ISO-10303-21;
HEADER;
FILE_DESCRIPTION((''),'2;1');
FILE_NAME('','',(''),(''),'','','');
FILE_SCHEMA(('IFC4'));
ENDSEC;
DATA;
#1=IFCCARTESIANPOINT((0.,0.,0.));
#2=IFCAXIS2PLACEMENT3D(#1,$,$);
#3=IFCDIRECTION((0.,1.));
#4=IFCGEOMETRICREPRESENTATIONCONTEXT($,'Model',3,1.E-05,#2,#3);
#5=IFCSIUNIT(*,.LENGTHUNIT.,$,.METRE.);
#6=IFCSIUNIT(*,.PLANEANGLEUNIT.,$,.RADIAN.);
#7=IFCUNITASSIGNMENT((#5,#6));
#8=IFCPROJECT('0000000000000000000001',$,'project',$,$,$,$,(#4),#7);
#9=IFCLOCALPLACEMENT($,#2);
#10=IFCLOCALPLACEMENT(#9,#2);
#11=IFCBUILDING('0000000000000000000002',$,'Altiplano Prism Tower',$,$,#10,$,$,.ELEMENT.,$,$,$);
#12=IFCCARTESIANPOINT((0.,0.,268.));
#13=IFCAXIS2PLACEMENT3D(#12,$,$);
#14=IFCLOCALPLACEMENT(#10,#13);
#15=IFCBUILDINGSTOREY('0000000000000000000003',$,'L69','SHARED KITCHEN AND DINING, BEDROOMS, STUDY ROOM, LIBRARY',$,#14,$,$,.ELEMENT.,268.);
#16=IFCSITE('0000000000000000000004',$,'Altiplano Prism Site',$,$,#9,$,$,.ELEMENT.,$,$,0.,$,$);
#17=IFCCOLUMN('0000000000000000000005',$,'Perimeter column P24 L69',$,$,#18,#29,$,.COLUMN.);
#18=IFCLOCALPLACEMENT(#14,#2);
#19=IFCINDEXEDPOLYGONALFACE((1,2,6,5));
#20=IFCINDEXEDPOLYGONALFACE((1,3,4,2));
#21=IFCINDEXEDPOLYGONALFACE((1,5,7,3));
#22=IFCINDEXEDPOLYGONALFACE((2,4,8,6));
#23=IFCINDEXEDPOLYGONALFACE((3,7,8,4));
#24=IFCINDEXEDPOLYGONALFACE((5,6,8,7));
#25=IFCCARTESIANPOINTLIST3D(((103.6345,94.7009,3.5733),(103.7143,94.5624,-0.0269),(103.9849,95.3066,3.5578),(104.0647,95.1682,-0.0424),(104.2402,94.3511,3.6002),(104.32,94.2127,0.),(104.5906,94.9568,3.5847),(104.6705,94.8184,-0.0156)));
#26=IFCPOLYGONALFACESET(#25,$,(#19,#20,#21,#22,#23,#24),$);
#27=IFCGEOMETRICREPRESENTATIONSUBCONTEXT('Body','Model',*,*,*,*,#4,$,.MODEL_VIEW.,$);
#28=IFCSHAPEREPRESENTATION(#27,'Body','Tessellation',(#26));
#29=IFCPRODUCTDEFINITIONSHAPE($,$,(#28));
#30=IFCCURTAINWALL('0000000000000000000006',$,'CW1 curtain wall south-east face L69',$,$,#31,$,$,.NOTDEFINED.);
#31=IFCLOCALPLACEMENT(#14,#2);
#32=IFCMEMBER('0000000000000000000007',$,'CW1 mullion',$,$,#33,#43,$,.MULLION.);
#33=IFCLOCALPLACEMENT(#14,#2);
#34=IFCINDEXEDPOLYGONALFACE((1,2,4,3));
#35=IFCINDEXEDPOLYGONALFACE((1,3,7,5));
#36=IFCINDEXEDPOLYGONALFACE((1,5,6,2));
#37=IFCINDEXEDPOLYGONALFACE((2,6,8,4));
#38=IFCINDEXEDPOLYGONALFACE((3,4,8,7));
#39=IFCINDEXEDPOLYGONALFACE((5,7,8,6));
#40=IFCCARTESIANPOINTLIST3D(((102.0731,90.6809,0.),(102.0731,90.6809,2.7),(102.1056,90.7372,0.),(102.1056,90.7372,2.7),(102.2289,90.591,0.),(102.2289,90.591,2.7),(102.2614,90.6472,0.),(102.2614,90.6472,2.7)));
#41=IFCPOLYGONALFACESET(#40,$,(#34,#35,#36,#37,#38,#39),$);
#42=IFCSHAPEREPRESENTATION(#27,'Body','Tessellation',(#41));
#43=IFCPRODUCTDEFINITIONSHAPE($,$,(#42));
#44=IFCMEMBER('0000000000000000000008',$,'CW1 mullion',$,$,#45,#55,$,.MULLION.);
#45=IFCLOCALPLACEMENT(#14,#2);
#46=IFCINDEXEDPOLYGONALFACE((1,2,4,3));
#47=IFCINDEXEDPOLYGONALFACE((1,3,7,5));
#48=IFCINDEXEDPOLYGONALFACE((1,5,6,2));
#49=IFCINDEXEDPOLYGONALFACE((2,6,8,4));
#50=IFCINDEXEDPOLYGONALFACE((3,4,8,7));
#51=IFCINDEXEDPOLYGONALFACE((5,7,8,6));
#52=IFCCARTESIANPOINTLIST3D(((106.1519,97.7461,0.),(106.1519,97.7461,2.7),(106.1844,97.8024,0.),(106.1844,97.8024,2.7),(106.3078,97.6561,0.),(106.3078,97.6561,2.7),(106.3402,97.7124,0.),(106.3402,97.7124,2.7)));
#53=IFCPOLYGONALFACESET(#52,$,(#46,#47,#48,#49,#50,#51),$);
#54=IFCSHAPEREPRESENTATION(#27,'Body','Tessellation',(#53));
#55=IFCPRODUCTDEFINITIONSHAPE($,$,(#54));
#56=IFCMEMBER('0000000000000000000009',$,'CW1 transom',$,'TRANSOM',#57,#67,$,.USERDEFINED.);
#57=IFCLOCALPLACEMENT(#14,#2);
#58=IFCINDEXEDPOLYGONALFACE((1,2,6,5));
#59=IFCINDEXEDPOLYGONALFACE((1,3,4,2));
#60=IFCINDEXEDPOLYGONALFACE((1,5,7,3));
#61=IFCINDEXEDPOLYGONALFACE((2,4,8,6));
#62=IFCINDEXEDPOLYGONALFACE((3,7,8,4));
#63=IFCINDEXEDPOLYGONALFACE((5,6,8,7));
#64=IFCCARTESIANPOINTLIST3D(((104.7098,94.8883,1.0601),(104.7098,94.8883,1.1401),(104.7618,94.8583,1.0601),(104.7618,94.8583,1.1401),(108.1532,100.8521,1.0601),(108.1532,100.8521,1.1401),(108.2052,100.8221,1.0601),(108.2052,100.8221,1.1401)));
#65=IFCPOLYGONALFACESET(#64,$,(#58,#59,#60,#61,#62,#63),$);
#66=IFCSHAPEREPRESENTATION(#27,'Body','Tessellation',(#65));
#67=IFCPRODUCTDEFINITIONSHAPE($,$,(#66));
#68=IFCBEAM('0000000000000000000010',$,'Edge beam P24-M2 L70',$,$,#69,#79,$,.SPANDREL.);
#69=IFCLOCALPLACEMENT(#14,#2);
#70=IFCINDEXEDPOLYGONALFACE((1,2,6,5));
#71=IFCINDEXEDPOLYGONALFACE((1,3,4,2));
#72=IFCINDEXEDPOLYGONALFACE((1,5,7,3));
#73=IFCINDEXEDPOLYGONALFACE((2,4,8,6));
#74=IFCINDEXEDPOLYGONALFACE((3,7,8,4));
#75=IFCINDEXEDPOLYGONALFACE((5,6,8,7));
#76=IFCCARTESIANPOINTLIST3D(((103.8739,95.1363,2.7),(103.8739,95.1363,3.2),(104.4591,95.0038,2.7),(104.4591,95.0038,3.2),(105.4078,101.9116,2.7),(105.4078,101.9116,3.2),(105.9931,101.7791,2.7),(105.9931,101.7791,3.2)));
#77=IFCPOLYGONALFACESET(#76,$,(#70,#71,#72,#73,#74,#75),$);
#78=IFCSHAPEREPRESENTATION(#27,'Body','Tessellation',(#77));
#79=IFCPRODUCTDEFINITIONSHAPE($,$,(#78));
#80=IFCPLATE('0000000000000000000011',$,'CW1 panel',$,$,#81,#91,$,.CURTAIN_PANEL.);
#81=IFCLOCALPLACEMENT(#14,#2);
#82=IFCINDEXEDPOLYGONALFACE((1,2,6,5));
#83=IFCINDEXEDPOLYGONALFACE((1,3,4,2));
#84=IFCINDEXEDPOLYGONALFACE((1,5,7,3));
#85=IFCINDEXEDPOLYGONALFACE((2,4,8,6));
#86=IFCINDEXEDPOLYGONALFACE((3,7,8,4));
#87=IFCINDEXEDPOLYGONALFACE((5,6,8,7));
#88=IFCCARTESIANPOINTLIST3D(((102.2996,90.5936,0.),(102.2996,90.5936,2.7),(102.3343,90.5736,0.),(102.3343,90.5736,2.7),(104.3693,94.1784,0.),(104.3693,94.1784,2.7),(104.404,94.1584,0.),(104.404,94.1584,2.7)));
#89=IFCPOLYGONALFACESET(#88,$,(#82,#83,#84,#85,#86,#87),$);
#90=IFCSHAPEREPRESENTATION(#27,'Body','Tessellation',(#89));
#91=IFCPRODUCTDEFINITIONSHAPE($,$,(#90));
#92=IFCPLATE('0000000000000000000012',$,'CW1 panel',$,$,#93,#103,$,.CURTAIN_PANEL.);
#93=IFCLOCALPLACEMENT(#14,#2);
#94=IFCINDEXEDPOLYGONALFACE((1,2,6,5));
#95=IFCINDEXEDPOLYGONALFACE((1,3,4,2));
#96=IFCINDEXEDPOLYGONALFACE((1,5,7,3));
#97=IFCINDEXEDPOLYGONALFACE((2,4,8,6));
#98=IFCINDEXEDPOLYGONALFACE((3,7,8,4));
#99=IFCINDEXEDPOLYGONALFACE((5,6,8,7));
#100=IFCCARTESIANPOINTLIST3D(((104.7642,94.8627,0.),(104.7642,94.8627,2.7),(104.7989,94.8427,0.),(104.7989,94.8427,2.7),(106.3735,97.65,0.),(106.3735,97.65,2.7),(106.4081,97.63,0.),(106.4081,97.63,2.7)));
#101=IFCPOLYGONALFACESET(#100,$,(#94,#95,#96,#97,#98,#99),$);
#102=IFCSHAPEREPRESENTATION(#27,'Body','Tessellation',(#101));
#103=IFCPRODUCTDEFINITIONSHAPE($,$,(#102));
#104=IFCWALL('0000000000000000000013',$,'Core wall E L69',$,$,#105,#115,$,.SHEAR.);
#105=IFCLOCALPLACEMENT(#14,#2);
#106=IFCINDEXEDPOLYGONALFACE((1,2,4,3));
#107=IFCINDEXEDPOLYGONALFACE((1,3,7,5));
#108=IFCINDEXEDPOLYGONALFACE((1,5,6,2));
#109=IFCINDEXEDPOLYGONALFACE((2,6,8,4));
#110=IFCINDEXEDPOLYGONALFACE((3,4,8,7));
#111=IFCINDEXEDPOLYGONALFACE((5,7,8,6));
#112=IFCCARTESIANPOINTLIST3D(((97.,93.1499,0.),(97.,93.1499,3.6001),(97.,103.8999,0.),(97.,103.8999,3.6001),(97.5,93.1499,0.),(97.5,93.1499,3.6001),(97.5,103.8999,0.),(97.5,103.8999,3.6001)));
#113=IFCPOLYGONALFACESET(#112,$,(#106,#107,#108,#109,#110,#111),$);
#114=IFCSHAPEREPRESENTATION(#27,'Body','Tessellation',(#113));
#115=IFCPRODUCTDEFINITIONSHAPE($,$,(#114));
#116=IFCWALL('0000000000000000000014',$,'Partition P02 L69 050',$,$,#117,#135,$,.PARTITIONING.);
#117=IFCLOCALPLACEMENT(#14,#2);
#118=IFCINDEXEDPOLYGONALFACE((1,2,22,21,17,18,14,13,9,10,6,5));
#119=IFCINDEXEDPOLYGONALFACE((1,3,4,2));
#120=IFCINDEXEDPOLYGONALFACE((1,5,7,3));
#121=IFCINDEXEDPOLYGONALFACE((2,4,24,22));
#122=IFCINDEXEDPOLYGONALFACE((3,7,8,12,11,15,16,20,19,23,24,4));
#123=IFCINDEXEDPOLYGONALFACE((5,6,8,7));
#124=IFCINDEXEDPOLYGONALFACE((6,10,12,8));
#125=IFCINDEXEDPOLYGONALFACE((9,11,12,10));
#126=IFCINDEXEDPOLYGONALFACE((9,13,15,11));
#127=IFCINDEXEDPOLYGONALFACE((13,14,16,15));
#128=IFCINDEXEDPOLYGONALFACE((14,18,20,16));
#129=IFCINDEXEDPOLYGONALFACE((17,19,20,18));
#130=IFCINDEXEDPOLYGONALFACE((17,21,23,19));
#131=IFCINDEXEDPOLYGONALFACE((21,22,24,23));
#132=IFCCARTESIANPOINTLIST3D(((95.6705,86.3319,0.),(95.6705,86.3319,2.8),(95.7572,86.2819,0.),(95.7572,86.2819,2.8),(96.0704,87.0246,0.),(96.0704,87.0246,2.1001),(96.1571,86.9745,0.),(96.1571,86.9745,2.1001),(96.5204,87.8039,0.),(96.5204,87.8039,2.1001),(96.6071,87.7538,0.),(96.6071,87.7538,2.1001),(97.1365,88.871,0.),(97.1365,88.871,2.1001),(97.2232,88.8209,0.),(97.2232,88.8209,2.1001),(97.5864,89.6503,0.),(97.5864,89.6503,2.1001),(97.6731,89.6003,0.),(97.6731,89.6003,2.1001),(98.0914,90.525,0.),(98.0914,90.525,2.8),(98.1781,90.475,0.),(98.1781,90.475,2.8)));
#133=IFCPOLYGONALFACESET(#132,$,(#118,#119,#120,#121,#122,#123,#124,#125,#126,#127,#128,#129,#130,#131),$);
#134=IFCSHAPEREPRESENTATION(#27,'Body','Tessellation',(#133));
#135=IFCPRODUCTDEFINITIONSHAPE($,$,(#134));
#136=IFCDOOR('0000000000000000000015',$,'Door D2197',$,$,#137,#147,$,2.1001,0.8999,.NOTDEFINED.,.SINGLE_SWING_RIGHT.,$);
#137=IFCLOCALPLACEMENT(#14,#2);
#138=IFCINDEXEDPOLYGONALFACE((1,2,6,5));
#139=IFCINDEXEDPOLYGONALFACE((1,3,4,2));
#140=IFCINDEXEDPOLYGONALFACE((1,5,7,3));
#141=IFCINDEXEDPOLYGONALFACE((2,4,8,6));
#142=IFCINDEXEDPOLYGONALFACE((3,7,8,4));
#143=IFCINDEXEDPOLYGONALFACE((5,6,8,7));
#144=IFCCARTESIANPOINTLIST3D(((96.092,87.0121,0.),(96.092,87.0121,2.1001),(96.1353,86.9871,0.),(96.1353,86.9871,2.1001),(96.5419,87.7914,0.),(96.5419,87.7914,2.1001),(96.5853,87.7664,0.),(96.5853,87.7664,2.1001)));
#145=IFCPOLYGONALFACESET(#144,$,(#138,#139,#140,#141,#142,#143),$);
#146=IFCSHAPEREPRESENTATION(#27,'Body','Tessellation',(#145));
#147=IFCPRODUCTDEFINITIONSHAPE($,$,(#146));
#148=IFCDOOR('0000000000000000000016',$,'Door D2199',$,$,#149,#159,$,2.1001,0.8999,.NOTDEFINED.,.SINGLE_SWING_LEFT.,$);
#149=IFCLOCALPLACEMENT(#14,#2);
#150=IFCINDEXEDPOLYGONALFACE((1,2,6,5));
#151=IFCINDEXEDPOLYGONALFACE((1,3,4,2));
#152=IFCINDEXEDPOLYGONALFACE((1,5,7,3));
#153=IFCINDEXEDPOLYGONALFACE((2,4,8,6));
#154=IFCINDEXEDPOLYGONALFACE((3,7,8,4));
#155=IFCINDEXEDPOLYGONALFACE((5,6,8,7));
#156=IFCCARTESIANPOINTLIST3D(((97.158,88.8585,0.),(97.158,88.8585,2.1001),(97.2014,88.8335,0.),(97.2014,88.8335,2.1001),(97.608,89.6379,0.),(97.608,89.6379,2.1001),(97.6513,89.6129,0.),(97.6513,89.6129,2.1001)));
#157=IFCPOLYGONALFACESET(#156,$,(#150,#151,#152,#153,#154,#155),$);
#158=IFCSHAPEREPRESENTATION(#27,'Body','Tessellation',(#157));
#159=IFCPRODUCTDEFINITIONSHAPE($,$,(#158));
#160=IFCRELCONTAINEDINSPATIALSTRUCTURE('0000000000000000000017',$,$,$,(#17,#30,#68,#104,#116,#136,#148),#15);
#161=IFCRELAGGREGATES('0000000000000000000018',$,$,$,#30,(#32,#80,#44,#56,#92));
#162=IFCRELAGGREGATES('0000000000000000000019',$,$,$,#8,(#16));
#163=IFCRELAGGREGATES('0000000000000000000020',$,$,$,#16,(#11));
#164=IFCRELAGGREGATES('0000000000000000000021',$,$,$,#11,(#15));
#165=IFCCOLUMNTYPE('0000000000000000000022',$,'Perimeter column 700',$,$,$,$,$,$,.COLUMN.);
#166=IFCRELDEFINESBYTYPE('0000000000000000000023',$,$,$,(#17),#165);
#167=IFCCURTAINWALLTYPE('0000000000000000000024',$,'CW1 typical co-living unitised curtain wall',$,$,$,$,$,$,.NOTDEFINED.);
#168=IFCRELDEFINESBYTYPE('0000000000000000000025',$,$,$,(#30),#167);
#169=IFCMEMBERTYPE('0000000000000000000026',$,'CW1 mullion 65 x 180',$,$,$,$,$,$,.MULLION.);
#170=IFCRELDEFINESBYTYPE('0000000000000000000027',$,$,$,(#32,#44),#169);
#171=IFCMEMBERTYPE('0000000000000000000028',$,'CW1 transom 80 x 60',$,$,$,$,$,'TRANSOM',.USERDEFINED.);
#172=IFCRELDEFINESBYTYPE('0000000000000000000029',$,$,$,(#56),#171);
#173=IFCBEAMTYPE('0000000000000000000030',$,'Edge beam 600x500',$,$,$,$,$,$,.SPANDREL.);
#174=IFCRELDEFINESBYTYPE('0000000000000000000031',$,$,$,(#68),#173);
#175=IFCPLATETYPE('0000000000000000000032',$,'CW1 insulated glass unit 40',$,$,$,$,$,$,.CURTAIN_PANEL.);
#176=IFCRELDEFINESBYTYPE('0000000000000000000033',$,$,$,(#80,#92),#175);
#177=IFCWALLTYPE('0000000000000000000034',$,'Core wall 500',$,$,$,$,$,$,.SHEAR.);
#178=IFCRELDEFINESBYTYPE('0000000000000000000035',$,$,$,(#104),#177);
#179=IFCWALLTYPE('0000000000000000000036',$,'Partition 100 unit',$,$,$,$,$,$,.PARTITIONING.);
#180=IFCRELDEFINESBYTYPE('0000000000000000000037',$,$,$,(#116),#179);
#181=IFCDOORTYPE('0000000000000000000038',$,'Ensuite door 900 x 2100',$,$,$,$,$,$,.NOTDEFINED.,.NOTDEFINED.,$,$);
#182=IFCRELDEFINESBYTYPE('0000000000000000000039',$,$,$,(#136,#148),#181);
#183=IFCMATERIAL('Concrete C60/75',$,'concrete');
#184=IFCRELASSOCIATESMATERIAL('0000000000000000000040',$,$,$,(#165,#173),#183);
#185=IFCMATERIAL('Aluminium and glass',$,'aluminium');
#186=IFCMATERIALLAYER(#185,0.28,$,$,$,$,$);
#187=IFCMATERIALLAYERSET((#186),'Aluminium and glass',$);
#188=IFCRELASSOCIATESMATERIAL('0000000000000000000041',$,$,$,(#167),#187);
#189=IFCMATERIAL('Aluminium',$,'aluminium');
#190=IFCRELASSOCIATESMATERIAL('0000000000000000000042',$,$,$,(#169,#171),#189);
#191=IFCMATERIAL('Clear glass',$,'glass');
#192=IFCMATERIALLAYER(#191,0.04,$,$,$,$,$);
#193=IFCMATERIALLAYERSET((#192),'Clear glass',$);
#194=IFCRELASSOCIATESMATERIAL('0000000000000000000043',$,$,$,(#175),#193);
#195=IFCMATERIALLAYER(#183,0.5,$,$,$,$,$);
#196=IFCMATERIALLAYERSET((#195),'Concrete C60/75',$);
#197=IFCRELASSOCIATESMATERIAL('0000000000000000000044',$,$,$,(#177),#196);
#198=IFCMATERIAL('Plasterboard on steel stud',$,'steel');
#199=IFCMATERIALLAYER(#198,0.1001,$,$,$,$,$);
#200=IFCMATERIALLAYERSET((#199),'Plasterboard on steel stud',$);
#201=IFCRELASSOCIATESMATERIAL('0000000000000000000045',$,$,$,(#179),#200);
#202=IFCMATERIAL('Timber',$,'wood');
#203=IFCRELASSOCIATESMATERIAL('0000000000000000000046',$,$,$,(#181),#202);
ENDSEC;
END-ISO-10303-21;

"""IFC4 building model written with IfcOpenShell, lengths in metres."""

from ifc_helpers import new_model, si_unit, direction, frame, frame_2d, origin, origin_2d, place, context, subcontext, project, spatial, rectangle, extrude, material, layer, layer_set, material_profile, profile_set, type_object, element, fill, aggregate, save


model = new_model("IFC4")

# Units and contexts
model_context = context("Model", 3, precision=1e-05, world=origin(), true_north=direction((0.0, 1.0)))
body_context = subcontext(model_context, "Body", "Model", "MODEL_VIEW")
ifc_project = project(units=[si_unit("LENGTHUNIT", "METRE"), si_unit("PLANEANGLEUNIT", "RADIAN")], contexts=[model_context])

# Site, building, storey
site_placement = place(None, origin())
site = spatial("IfcSite", under=ifc_project, at=site_placement, Name="Altiplano Prism Site", CompositionType="ELEMENT", RefElevation=0.0)
building_placement = place(site_placement, origin())
building = spatial("IfcBuilding", under=site, at=building_placement, Name="Altiplano Prism Tower", CompositionType="ELEMENT")
storey_placement = place(building_placement, frame((0.0, 0.0, 268.0)))
storey = spatial("IfcBuildingStorey", under=building, at=storey_placement, Name="L69", Description="SHARED KITCHEN AND DINING, BEDROOMS, STUDY ROOM, LIBRARY", CompositionType="ELEMENT", Elevation=268.0)

# Column
ifc_material_1 = material(Name="Concrete C60/75", Category="concrete")
ifc_material_profile_1 = material_profile(ifc_material_1, rectangle(XDim=0.7, YDim=0.7, at=origin_2d()), Name="Perimeter column 700")
ifc_profile_set_1 = profile_set([ifc_material_profile_1], Name="Concrete C60/75")
column_type = type_object("IfcColumnType", Name="Perimeter column 700", PredefinedType="COLUMN", material=ifc_profile_set_1)
column_placement = place(storey_placement, frame((104.1924, 94.6904, -0.0212), z_axis=(-0.022154, 0.038413, 0.999016), x_axis=(-0.500653, -0.865364, 0.022172)))
element("IfcColumn", 1, at=column_placement, inside=storey, type_object=column_type, Name="Perimeter column P24 L69", PredefinedType="COLUMN", context=body_context, shape_type="SweptSolid", body=[
    extrude(rectangle(XDim=0.7, YDim=0.7, at=origin_2d()), origin(), (0.0, 0.0, 1.0), 3.6038),
])

# Curtain wall, members
ifc_material_2 = material(Name="Aluminium and glass", Category="aluminium")
ifc_layer_1 = layer(ifc_material_2, 0.28)
ifc_layer_set_1 = layer_set([ifc_layer_1], Name="Aluminium and glass")
curtain_wall_type = type_object("IfcCurtainWallType", Name="CW1 typical co-living unitised curtain wall", PredefinedType="NOTDEFINED", material=ifc_layer_set_1)
curtain_wall_placement = place(storey_placement, origin())
curtain_wall = element("IfcCurtainWall", 2, at=curtain_wall_placement, inside=storey, type_object=curtain_wall_type, Name="CW1 curtain wall south-east face L69", PredefinedType="NOTDEFINED")
ifc_material_3 = material(Name="Aluminium", Category="aluminium")
ifc_material_profile_2 = material_profile(ifc_material_3, rectangle(XDim=0.1799, YDim=0.0649, at=origin_2d()), Name="CW1 mullion 65 x 180")
ifc_profile_set_2 = profile_set([ifc_material_profile_2], Name="Aluminium")
member_type_1 = type_object("IfcMemberType", Name="CW1 mullion 65 x 180", PredefinedType="MULLION", material=ifc_profile_set_2)
member_1_placement = place(storey_placement, frame((102.1672, 90.6641, 0.0), z_axis=(0.0, 0.0, 1.0), x_axis=(-0.866025, 0.5, 0.0)))
member_1 = element("IfcMember", 3, at=member_1_placement, type_object=member_type_1, Name="CW1 mullion", PredefinedType="MULLION", context=body_context, shape_type="SweptSolid", body=[
    extrude(rectangle(XDim=0.1799, YDim=0.0649, at=origin_2d()), origin(), (0.0, 0.0, 1.0), 2.7),
])
member_2_placement = place(storey_placement, frame((106.2461, 97.7292, 0.0), z_axis=(0.0, 0.0, 1.0), x_axis=(-0.866025, 0.5, 0.0)))
member_2 = element("IfcMember", 4, at=member_2_placement, type_object=member_type_1, Name="CW1 mullion", PredefinedType="MULLION", context=body_context, shape_type="SweptSolid", body=[
    extrude(rectangle(XDim=0.1799, YDim=0.0649, at=origin_2d()), origin(), (0.0, 0.0, 1.0), 2.7),
])
ifc_material_profile_3 = material_profile(ifc_material_3, rectangle(XDim=0.0601, YDim=0.0801, at=origin_2d()), Name="CW1 transom 80 x 60")
ifc_profile_set_3 = profile_set([ifc_material_profile_3], Name="Aluminium")
member_type_2 = type_object("IfcMemberType", Name="CW1 transom 80 x 60", ElementType="TRANSOM", PredefinedType="USERDEFINED", material=ifc_profile_set_3)
member_3_placement = place(storey_placement, frame((104.7358, 94.8733, 1.1001), z_axis=(0.500013, 0.866018, 0.0), x_axis=(-0.866018, 0.500013, 0.0)))
member_3 = element("IfcMember", 5, at=member_3_placement, type_object=member_type_2, Name="CW1 transom", ObjectType="TRANSOM", PredefinedType="USERDEFINED", context=body_context, shape_type="SweptSolid", body=[
    extrude(rectangle(XDim=0.0601, YDim=0.0801, at=origin_2d()), origin(), (0.0, 0.0, 1.0), 6.8865),
])

# Beam
ifc_material_profile_4 = material_profile(ifc_material_1, rectangle(XDim=0.6001, YDim=0.5, at=origin_2d()), Name="Edge beam 600x500")
ifc_profile_set_4 = profile_set([ifc_material_profile_4], Name="Concrete C60/75")
beam_type = type_object("IfcBeamType", Name="Edge beam 600x500", PredefinedType="SPANDREL", material=ifc_profile_set_4)
beam_placement = place(storey_placement, frame((104.1665, 95.0701, 2.95), z_axis=(0.22081, 0.975317, 0.0), x_axis=(-0.975317, 0.22081, 0.0)))
element("IfcBeam", 6, at=beam_placement, inside=storey, type_object=beam_type, Name="Edge beam P24-M2 L70", PredefinedType="SPANDREL", context=body_context, shape_type="SweptSolid", body=[
    extrude(rectangle(XDim=0.6001, YDim=0.5, at=origin_2d()), origin(), (0.0, 0.0, 1.0), 6.9468),
])

# Plates
ifc_material_4 = material(Name="Clear glass", Category="glass")
ifc_layer_2 = layer(ifc_material_4, 0.04)
ifc_layer_set_2 = layer_set([ifc_layer_2], Name="Clear glass")
plate_type = type_object("IfcPlateType", Name="CW1 insulated glass unit 40", PredefinedType="CURTAIN_PANEL", material=ifc_layer_set_2)
plate_1_placement = place(storey_placement, frame((103.3518, 92.376, 0.0), z_axis=(0.0, 0.0, 1.0), x_axis=(0.5, 0.866025, 0.0)))
plate_1 = element("IfcPlate", 7, at=plate_1_placement, type_object=plate_type, Name="CW1 panel", PredefinedType="CURTAIN_PANEL", context=body_context, shape_type="SweptSolid", body=[
    extrude(rectangle(XDim=4.1394, YDim=0.04, at=origin_2d()), origin(), (0.0, 0.0, 1.0), 2.7),
])
plate_2_placement = place(storey_placement, frame((105.5862, 96.2463, 0.0), z_axis=(0.0, 0.0, 1.0), x_axis=(0.5, 0.866025, 0.0)))
plate_2 = element("IfcPlate", 8, at=plate_2_placement, type_object=plate_type, Name="CW1 panel", PredefinedType="CURTAIN_PANEL", context=body_context, shape_type="SweptSolid", body=[
    extrude(rectangle(XDim=3.2185, YDim=0.04, at=origin_2d()), origin(), (0.0, 0.0, 1.0), 2.7),
])
aggregate(curtain_wall, [member_1, plate_1, member_2, member_3, plate_2])

# Wall
ifc_layer_3 = layer(ifc_material_1, 0.5)
ifc_layer_set_3 = layer_set([ifc_layer_3], Name="Concrete C60/75")
wall_type_1 = type_object("IfcWallType", Name="Core wall 500", PredefinedType="SHEAR", material=ifc_layer_set_3)
wall_1_placement = place(storey_placement, frame((97.25, 93.1499, 0.0), z_axis=(0.0, 0.0, 1.0), x_axis=(0.0, 1.0, 0.0)))
element("IfcWall", 9, at=wall_1_placement, inside=storey, type_object=wall_type_1, Name="Core wall E L69", PredefinedType="SHEAR", context=body_context, shape_type="SweptSolid", body=[
    extrude(rectangle(XDim=10.75, YDim=0.5, at=frame_2d((5.375, 0.0))), origin(), (0.0, 0.0, 1.0), 3.6001),
])

# Wall, openings, doors
ifc_material_5 = material(Name="Plasterboard on steel stud", Category="steel")
ifc_layer_4 = layer(ifc_material_5, 0.1001)
ifc_layer_set_4 = layer_set([ifc_layer_4], Name="Plasterboard on steel stud")
wall_type_2 = type_object("IfcWallType", Name="Partition 100 unit", PredefinedType="PARTITIONING", material=ifc_layer_set_4)
wall_2_placement = place(storey_placement, frame((98.1348, 90.5, 0.0), z_axis=(0.0, 0.0, 1.0), x_axis=(-0.5, -0.866025, 0.0)))
wall_2 = element("IfcWall", 10, at=wall_2_placement, inside=storey, type_object=wall_type_2, Name="Partition P02 L69 050", PredefinedType="PARTITIONING", context=body_context, shape_type="SweptSolid", body=[
    extrude(rectangle(XDim=4.8418, YDim=0.1001, at=frame_2d((2.4209, 0.0))), origin(), (0.0, 0.0, 1.0), 2.8),
])
opening_1_placement = place(wall_2_placement, frame((3.1421, 0.0, 0.0)))
opening_1 = element("IfcOpeningElement", 11, at=opening_1_placement, cuts=wall_2, PredefinedType="OPENING", context=body_context, shape_type="SweptSolid", body=[
    extrude(rectangle(XDim=0.8999, YDim=2.1001, at=frame_2d((0.45, 1.05))), frame((0.0, 0.0605, 0.0), z_axis=(0.0, -1.0, 0.0), x_axis=(1.0, 0.0, 0.0)), (0.0, 0.0, 1.0), 0.1211),
])
opening_2_placement = place(wall_2_placement, frame((1.01, 0.0, 0.0)))
opening_2 = element("IfcOpeningElement", 12, at=opening_2_placement, cuts=wall_2, PredefinedType="OPENING", context=body_context, shape_type="SweptSolid", body=[
    extrude(rectangle(XDim=0.8999, YDim=2.1001, at=frame_2d((0.45, 1.05))), frame((0.0, 0.0605, 0.0), z_axis=(0.0, -1.0, 0.0), x_axis=(1.0, 0.0, 0.0)), (0.0, 0.0, 1.0), 0.1211),
])
ifc_material_6 = material(Name="Timber", Category="wood")
door_type_1 = type_object("IfcDoorType", Name="Ensuite door 900 x 2100", OperationType="NOTDEFINED", PredefinedType="NOTDEFINED", material=ifc_material_6)
door_1_placement = place(opening_1_placement, origin())
door_1 = element("IfcDoor", 13, at=door_1_placement, inside=storey, type_object=door_type_1, Name="Door D2197", OperationType="SINGLE_SWING_RIGHT", OverallHeight=2.1001, OverallWidth=0.8999, PredefinedType="NOTDEFINED", context=body_context, shape_type="SweptSolid", body=[
    extrude(rectangle(XDim=0.8999, YDim=2.1001, at=frame_2d((0.45, 1.05))), frame((0.0, 0.0249, 0.0), z_axis=(0.0, -1.0, 0.0), x_axis=(1.0, 0.0, 0.0)), (0.0, 0.0, 1.0), 0.05),
])
fill(opening_1, door_1)
door_2_placement = place(opening_2_placement, origin())
door_2 = element("IfcDoor", 14, at=door_2_placement, inside=storey, type_object=door_type_1, Name="Door D2199", OperationType="SINGLE_SWING_LEFT", OverallHeight=2.1001, OverallWidth=0.8999, PredefinedType="NOTDEFINED", context=body_context, shape_type="SweptSolid", body=[
    extrude(rectangle(XDim=0.8999, YDim=2.1001, at=frame_2d((0.45, 1.05))), frame((0.0, 0.0249, 0.0), z_axis=(0.0, -1.0, 0.0), x_axis=(1.0, 0.0, 0.0)), (0.0, 0.0, 1.0), 0.05),
])
fill(opening_2, door_2)

save(model, "model.ifc")
